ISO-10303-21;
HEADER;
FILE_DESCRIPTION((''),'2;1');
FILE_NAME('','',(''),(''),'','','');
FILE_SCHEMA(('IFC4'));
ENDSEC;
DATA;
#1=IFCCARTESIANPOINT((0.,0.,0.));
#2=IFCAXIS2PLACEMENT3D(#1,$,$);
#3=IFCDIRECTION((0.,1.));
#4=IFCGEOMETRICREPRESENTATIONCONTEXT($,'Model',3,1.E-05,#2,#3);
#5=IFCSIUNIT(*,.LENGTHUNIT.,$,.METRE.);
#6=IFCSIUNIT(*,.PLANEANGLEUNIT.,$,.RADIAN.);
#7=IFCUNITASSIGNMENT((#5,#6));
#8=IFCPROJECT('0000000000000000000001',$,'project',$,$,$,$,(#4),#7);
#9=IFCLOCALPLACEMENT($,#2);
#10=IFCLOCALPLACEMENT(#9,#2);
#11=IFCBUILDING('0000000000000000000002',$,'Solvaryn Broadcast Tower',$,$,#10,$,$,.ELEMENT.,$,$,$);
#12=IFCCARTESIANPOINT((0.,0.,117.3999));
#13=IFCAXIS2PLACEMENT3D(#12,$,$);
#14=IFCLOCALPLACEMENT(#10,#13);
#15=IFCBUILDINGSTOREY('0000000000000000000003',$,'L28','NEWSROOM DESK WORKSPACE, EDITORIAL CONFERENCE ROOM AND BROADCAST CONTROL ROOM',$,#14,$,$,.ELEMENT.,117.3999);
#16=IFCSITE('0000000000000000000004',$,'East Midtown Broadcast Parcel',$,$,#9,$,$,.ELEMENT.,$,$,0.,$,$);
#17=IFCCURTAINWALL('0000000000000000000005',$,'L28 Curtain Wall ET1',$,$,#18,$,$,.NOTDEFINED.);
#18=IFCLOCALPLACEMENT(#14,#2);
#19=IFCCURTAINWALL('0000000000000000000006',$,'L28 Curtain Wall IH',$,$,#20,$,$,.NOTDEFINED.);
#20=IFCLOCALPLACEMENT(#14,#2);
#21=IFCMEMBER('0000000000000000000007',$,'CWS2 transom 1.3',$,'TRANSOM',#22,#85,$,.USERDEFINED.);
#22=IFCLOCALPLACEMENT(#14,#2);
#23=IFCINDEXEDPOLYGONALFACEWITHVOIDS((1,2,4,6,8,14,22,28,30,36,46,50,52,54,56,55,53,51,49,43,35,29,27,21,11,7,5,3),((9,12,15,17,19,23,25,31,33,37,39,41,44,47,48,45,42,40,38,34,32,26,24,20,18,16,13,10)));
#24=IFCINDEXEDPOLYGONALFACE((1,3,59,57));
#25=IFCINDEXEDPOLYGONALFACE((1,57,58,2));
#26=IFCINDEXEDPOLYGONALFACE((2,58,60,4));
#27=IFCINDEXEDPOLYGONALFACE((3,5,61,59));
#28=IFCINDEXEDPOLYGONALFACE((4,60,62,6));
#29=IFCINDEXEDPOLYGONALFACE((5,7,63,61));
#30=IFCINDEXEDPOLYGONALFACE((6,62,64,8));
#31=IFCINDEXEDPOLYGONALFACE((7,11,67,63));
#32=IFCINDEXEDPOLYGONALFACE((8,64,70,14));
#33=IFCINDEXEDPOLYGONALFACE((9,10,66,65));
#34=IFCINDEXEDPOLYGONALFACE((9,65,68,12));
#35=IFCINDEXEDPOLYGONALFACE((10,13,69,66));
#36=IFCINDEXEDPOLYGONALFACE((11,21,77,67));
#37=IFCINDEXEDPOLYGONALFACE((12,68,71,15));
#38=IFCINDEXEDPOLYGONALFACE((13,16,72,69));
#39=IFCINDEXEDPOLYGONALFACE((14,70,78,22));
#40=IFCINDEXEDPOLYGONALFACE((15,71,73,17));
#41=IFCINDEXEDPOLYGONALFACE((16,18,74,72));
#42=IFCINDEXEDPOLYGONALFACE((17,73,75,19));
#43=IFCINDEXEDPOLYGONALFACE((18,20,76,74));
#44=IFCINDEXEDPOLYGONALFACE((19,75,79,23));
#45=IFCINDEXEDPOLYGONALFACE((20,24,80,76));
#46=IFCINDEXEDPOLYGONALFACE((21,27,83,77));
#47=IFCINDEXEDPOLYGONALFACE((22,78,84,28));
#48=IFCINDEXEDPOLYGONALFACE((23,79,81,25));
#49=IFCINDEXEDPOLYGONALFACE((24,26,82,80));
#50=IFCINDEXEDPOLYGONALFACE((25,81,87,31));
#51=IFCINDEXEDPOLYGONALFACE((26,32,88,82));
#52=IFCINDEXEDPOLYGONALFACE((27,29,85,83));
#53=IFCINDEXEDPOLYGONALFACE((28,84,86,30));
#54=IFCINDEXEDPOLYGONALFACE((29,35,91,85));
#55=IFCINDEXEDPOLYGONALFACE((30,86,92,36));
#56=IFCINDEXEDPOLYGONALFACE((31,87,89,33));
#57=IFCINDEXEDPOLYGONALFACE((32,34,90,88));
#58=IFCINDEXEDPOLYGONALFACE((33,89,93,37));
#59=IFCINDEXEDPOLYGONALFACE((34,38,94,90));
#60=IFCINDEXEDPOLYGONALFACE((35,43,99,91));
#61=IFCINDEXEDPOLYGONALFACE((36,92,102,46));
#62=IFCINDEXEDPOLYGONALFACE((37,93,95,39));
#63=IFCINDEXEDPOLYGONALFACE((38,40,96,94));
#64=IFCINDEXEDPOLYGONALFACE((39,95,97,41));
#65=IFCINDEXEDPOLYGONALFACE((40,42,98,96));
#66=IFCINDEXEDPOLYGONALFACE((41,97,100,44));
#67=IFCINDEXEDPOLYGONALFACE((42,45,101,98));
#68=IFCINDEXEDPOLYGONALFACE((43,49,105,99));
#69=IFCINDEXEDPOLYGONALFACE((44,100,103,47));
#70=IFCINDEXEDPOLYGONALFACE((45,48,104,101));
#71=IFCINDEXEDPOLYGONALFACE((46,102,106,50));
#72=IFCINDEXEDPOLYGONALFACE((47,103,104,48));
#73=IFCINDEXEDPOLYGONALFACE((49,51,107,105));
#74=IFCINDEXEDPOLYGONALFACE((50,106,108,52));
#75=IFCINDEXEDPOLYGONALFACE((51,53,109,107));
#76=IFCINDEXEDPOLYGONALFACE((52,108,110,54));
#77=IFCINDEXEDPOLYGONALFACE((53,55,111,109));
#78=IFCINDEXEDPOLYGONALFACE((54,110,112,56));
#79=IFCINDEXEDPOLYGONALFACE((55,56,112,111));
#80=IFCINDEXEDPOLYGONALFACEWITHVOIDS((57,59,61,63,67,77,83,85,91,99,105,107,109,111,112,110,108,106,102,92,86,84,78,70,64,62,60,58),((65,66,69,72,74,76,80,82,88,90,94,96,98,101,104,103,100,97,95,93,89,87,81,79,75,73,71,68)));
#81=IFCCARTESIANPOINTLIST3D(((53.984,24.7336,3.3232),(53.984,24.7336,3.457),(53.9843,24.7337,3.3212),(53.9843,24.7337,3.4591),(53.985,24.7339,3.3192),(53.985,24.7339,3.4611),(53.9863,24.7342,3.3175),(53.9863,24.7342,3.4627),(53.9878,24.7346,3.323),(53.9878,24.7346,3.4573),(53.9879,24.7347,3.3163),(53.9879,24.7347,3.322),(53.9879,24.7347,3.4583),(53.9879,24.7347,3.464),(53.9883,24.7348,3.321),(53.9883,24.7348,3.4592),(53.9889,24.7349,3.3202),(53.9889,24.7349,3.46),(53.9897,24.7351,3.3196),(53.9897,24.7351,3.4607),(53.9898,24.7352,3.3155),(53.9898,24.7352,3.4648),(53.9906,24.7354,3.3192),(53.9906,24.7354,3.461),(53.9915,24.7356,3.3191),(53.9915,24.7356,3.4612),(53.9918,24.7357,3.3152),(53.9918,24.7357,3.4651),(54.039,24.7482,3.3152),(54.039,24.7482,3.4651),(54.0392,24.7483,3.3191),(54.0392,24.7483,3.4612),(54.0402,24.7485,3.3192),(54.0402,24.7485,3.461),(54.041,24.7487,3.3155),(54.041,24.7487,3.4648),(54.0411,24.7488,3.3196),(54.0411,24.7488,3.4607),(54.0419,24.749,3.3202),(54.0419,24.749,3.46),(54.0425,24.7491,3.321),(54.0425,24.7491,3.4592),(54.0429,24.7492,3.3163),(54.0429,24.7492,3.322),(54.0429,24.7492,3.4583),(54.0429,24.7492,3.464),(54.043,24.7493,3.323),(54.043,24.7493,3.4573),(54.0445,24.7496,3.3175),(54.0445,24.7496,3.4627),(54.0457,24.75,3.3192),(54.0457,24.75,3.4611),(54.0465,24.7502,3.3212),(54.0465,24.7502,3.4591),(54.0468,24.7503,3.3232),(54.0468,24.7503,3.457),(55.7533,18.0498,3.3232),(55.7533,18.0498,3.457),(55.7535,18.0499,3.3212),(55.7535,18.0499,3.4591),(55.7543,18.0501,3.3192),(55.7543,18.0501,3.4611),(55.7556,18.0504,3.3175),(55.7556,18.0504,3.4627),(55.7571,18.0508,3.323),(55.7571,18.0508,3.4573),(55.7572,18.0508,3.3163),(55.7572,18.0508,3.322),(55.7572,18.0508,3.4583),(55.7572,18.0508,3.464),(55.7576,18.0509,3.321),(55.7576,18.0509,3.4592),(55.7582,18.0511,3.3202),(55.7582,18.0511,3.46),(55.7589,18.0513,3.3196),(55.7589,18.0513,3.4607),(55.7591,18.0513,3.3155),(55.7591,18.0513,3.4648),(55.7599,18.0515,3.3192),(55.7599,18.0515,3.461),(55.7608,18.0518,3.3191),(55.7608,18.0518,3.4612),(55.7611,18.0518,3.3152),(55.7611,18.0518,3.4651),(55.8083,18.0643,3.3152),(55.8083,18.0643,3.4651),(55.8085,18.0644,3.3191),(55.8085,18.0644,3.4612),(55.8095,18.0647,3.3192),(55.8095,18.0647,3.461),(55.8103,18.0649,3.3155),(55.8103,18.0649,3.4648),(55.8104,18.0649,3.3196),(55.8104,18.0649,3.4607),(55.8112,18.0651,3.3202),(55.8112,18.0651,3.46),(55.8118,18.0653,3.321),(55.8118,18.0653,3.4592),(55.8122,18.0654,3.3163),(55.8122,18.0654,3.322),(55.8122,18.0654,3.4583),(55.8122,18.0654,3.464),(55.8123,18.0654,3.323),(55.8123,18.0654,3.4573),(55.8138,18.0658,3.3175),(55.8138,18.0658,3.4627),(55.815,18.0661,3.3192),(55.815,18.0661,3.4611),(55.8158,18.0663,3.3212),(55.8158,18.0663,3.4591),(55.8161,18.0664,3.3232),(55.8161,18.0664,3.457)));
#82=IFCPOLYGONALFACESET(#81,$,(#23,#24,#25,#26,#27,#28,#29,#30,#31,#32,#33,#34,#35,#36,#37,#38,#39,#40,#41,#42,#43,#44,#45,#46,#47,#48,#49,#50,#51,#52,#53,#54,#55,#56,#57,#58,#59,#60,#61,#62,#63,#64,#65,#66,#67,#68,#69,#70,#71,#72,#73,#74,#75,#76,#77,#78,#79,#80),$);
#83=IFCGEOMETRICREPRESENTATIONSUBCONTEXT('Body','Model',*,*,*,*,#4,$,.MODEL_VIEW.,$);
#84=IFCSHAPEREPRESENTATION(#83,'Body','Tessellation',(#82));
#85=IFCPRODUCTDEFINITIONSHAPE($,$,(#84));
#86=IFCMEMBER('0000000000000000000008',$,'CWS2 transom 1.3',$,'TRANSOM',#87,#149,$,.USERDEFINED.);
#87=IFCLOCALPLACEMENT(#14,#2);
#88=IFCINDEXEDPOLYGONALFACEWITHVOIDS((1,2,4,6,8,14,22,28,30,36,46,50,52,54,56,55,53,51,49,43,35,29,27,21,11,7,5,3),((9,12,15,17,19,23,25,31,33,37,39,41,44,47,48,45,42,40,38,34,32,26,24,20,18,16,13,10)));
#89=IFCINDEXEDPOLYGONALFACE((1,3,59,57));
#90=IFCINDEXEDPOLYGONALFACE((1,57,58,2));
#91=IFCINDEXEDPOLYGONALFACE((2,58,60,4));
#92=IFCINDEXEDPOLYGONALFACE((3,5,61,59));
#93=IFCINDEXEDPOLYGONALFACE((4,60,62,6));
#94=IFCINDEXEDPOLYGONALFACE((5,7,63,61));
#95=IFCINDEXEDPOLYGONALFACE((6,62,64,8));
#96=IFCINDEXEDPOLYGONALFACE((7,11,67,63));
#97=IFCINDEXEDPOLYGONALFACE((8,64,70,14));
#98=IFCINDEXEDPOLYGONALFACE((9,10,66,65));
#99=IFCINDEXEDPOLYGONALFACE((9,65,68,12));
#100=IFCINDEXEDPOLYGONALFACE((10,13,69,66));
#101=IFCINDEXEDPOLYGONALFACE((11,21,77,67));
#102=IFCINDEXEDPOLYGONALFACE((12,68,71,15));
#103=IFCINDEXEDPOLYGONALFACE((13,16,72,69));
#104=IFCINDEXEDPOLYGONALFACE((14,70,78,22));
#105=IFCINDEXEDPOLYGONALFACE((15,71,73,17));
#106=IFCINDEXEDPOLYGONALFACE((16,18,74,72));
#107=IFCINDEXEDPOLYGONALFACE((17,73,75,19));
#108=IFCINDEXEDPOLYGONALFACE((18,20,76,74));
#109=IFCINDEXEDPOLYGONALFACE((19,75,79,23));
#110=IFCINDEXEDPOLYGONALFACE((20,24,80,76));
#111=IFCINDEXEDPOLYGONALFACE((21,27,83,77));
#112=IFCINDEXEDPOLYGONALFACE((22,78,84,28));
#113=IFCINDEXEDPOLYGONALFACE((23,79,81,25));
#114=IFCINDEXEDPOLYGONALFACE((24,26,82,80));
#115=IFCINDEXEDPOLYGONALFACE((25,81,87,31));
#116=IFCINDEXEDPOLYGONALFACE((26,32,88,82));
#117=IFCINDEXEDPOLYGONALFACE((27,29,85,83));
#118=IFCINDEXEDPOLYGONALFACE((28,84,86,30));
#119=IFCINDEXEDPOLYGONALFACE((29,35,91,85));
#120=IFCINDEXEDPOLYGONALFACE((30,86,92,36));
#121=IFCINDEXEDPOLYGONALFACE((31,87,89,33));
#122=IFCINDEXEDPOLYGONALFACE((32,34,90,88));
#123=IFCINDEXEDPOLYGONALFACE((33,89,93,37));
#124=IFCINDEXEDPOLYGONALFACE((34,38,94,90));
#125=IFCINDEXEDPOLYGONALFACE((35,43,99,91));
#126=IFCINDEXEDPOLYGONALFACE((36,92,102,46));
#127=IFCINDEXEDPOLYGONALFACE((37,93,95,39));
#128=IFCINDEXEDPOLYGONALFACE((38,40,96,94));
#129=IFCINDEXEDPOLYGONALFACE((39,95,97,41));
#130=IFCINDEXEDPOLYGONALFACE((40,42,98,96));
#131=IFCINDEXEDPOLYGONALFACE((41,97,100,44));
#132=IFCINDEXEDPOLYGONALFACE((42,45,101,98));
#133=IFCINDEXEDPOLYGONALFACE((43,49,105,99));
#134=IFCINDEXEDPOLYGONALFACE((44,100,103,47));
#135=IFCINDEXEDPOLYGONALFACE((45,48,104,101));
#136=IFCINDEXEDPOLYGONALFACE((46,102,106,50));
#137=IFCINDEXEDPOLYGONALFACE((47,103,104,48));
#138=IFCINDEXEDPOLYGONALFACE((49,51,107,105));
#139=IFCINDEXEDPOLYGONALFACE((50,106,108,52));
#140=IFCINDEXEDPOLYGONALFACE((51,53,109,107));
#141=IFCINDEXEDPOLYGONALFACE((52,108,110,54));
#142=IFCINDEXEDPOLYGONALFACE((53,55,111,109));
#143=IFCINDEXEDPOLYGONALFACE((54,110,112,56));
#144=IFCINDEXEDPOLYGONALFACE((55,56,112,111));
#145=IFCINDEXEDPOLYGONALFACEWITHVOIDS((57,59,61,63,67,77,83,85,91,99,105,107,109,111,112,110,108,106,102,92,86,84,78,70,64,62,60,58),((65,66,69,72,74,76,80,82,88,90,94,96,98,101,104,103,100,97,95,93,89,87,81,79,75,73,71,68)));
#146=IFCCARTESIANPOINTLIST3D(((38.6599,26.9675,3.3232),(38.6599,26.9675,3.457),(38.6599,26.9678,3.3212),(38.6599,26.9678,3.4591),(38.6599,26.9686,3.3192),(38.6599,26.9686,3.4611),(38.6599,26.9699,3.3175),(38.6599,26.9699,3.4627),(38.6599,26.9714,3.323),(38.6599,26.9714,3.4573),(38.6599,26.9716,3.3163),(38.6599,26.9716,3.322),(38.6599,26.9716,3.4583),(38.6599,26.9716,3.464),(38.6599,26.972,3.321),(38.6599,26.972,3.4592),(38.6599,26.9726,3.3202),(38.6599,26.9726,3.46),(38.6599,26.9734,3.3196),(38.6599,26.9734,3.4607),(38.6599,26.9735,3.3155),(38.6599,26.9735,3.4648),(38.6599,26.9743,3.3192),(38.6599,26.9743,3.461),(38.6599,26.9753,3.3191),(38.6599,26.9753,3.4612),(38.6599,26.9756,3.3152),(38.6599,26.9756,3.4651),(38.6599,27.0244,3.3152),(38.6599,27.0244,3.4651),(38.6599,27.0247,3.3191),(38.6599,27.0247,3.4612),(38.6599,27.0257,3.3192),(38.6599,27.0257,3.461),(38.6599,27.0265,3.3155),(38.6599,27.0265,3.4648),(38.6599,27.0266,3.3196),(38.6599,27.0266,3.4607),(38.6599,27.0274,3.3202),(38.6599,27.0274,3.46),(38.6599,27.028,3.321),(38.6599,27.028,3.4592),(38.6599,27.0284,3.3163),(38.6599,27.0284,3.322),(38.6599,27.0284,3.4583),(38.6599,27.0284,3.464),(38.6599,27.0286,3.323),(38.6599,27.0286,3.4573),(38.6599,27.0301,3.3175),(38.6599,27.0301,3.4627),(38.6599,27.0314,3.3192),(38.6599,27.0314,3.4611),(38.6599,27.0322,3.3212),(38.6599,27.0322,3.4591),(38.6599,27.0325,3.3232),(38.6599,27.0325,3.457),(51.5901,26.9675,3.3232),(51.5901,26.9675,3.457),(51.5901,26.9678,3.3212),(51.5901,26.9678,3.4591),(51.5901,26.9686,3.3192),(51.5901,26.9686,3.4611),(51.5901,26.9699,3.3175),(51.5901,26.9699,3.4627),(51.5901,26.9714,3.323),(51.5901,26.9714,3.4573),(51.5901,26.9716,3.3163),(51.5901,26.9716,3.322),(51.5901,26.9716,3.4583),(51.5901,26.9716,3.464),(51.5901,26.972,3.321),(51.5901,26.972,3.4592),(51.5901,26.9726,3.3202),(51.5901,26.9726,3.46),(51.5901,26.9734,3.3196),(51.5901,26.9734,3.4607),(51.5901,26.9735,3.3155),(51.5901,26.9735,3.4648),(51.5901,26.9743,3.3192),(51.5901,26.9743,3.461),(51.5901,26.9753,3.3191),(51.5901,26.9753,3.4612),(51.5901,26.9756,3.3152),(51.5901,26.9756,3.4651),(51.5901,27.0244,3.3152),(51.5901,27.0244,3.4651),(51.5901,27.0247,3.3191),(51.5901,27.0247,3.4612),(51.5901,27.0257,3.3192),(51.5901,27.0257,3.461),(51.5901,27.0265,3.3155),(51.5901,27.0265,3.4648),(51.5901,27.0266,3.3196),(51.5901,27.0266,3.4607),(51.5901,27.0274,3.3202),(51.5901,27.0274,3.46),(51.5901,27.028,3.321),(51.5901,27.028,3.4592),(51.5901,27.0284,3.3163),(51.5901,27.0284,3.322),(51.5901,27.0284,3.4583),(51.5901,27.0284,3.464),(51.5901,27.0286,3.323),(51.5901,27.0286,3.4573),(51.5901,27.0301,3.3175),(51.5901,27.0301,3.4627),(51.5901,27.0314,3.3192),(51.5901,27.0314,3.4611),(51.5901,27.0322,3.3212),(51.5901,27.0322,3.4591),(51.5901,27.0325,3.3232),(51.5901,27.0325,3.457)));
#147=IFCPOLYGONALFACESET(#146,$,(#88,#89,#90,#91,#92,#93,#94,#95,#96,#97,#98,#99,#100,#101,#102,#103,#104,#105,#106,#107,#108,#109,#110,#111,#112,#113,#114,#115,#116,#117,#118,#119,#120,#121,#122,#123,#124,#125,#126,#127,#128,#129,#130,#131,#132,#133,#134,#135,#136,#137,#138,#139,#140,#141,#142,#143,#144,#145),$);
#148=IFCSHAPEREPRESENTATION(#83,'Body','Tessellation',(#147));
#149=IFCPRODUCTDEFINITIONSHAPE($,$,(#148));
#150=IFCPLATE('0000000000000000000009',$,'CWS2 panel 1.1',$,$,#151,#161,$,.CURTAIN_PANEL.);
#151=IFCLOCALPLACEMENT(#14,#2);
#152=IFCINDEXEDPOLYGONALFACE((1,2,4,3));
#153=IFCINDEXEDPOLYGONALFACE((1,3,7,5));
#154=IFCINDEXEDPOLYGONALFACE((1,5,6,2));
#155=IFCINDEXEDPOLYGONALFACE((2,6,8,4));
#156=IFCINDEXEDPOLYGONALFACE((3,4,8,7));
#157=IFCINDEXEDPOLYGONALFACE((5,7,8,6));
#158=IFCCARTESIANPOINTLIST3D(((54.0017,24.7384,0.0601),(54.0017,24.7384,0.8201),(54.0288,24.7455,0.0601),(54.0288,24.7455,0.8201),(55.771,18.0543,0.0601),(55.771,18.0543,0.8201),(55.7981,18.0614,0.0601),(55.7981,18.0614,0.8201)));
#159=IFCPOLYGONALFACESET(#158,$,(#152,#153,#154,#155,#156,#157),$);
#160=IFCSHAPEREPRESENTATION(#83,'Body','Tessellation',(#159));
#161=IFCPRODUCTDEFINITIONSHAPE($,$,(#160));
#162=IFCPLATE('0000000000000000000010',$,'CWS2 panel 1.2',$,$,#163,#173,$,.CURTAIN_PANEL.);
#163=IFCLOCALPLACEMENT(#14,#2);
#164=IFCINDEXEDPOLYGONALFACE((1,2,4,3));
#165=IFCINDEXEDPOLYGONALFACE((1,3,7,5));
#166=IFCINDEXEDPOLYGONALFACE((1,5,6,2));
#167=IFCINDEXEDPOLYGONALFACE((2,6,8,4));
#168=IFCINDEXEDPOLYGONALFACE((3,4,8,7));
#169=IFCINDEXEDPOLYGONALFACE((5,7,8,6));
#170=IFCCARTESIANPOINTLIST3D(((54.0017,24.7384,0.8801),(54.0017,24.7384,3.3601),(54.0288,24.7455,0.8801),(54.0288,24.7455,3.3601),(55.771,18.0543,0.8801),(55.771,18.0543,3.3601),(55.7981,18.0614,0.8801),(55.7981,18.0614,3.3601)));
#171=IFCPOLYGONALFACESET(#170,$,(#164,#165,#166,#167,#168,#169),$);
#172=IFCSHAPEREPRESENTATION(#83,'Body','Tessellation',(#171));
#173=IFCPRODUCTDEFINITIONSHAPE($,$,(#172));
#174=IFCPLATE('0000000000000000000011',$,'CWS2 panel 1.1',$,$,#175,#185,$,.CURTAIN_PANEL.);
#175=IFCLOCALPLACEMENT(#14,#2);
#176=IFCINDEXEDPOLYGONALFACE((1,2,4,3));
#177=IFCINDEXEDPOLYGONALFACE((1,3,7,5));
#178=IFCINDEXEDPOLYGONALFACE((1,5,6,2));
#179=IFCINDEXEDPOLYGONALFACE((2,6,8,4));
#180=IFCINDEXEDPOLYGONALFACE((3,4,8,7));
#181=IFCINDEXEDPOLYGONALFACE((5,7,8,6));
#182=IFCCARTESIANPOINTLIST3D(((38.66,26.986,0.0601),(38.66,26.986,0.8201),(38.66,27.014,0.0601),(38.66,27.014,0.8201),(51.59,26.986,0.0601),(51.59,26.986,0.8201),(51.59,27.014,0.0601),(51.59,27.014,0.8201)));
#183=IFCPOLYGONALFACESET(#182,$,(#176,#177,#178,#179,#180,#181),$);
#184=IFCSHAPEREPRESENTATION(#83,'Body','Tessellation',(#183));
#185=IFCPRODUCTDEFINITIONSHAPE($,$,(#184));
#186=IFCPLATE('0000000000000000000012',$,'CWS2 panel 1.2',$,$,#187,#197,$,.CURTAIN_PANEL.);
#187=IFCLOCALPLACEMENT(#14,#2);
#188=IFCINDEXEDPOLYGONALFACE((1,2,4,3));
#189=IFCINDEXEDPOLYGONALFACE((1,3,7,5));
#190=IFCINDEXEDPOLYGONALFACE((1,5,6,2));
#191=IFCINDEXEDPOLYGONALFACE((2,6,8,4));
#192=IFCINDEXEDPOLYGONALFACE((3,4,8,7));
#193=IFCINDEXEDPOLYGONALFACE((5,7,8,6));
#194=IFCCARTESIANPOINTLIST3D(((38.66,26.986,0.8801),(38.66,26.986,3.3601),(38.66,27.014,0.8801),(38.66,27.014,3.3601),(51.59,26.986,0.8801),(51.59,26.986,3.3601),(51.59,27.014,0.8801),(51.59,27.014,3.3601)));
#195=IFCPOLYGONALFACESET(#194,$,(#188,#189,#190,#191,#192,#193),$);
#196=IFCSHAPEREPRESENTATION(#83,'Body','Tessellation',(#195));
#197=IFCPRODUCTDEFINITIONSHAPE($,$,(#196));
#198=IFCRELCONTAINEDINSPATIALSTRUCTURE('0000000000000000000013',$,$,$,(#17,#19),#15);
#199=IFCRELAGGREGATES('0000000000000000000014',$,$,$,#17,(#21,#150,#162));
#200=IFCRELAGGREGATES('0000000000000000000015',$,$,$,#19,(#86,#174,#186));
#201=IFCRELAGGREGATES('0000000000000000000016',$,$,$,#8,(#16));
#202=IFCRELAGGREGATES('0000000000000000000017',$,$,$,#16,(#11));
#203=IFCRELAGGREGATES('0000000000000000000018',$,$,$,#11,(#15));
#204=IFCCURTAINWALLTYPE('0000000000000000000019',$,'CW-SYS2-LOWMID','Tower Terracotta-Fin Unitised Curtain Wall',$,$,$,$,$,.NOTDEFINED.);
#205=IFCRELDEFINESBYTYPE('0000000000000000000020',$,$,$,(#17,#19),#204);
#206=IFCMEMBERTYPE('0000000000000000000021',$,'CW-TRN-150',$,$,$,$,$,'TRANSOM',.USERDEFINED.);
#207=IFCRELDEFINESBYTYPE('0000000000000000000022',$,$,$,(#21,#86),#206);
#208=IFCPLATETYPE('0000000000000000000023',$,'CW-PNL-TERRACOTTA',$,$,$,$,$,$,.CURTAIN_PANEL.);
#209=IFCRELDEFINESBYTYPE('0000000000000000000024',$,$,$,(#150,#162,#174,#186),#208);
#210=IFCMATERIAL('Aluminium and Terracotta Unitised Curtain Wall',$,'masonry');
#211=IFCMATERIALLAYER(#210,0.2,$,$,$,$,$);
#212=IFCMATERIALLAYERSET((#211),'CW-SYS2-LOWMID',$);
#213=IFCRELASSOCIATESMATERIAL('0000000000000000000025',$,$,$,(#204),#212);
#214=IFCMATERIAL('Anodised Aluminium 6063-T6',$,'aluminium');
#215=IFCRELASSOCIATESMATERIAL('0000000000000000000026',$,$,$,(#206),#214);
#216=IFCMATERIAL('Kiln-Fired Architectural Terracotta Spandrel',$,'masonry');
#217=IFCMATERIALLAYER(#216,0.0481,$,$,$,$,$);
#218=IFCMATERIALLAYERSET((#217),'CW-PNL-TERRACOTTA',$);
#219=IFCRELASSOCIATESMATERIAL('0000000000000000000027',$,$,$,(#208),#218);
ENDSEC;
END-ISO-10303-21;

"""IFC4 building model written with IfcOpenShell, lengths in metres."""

from ifc_helpers import new_model, si_unit, direction, frame, origin, origin_2d, place, context, subcontext, project, spatial, rectangle, hollow_rectangle, extrude, material, layer, layer_set, material_profile, profile_set, type_object, element, aggregate, save


model = new_model("IFC4")

# Units and contexts
model_context = context("Model", 3, precision=1e-05, world=origin(), true_north=direction((0.0, 1.0)))
body_context = subcontext(model_context, "Body", "Model", "MODEL_VIEW")
ifc_project = project(units=[si_unit("LENGTHUNIT", "METRE"), si_unit("PLANEANGLEUNIT", "RADIAN")], contexts=[model_context])

# Site, building, storey
site_placement = place(None, origin())
site = spatial("IfcSite", under=ifc_project, at=site_placement, Name="East Midtown Broadcast Parcel", CompositionType="ELEMENT", RefElevation=0.0)
building_placement = place(site_placement, origin())
building = spatial("IfcBuilding", under=site, at=building_placement, Name="Solvaryn Broadcast Tower", CompositionType="ELEMENT")
storey_placement = place(building_placement, frame((0.0, 0.0, 117.3999)))
storey = spatial("IfcBuildingStorey", under=building, at=storey_placement, Name="L28", Description="NEWSROOM DESK WORKSPACE, EDITORIAL CONFERENCE ROOM AND BROADCAST CONTROL ROOM", CompositionType="ELEMENT", Elevation=117.3999)

# Curtain walls
ifc_material_1 = material(Name="Aluminium and Terracotta Unitised Curtain Wall", Category="masonry")
ifc_layer_1 = layer(ifc_material_1, 0.2)
ifc_layer_set_1 = layer_set([ifc_layer_1], Name="CW-SYS2-LOWMID")
curtain_wall_type = type_object("IfcCurtainWallType", Name="CW-SYS2-LOWMID", Description="Tower Terracotta-Fin Unitised Curtain Wall", PredefinedType="NOTDEFINED", material=ifc_layer_set_1)
curtain_wall_1_placement = place(storey_placement, origin())
curtain_wall_1 = element("IfcCurtainWall", 1, at=curtain_wall_1_placement, inside=storey, type_object=curtain_wall_type, Name="L28 Curtain Wall ET1", PredefinedType="NOTDEFINED")
curtain_wall_2_placement = place(storey_placement, origin())
curtain_wall_2 = element("IfcCurtainWall", 2, at=curtain_wall_2_placement, inside=storey, type_object=curtain_wall_type, Name="L28 Curtain Wall IH", PredefinedType="NOTDEFINED")

# Members
ifc_material_2 = material(Name="Anodised Aluminium 6063-T6", Category="aluminium")
ifc_material_profile_1 = material_profile(ifc_material_2, hollow_rectangle(XDim=0.0649, YDim=0.1499, WallThickness=0.0039, InnerFilletRadius=0.0039, OuterFilletRadius=0.0081, at=origin_2d()))
ifc_profile_set_1 = profile_set([ifc_material_profile_1], Name="Anodised Aluminium 6063-T6")
member_type_1 = type_object("IfcMemberType", Name="CW-TRN-150", ElementType="TRANSOM", PredefinedType="USERDEFINED", material=ifc_profile_set_1)
member_1_placement = place(storey_placement, frame((54.0154, 24.7419, 3.3901), z_axis=(0.255897, -0.966704, 0.0), x_axis=(0.966704, 0.255897, 0.0)))
member_1 = element("IfcMember", 3, at=member_1_placement, type_object=member_type_1, Name="CWS2 transom 1.3", ObjectType="TRANSOM", PredefinedType="USERDEFINED", context=body_context, shape_type="SweptSolid", body=[
    extrude(hollow_rectangle(XDim=0.0649, YDim=0.1499, WallThickness=0.0039, InnerFilletRadius=0.0039, OuterFilletRadius=0.0081, at=origin_2d()), origin(), (0.0, 0.0, 1.0), 6.9141),
])
member_2_placement = place(storey_placement, frame((38.6599, 27.0, 3.3901), z_axis=(1.0, 0.0, 0.0), x_axis=(0.0, 1.0, 0.0)))
member_2 = element("IfcMember", 4, at=member_2_placement, type_object=member_type_1, Name="CWS2 transom 1.3", ObjectType="TRANSOM", PredefinedType="USERDEFINED", context=body_context, shape_type="SweptSolid", body=[
    extrude(hollow_rectangle(XDim=0.0649, YDim=0.1499, WallThickness=0.0039, InnerFilletRadius=0.0039, OuterFilletRadius=0.0081, at=origin_2d()), origin(), (0.0, 0.0, 1.0), 12.9302),
])

# Plates
ifc_material_3 = material(Name="Kiln-Fired Architectural Terracotta Spandrel", Category="masonry")
ifc_layer_2 = layer(ifc_material_3, 0.0481)
ifc_layer_set_2 = layer_set([ifc_layer_2], Name="CW-PNL-TERRACOTTA")
plate_type = type_object("IfcPlateType", Name="CW-PNL-TERRACOTTA", PredefinedType="CURTAIN_PANEL", material=ifc_layer_set_2)
plate_1_placement = place(storey_placement, frame((54.8999, 21.3999, 0.0601), z_axis=(0.0, 0.0, 1.0), x_axis=(0.255893, -0.966705, 0.0)))
plate_1 = element("IfcPlate", 5, at=plate_1_placement, type_object=plate_type, Name="CWS2 panel 1.1", PredefinedType="CURTAIN_PANEL", context=body_context, shape_type="SweptSolid", body=[
    extrude(rectangle(XDim=6.9143, YDim=0.0281, at=origin_2d()), origin(), (0.0, 0.0, 1.0), 0.76),
])
plate_2_placement = place(storey_placement, frame((54.8999, 21.3999, 0.8801), z_axis=(0.0, 0.0, 1.0), x_axis=(0.255893, -0.966705, 0.0)))
plate_2 = element("IfcPlate", 6, at=plate_2_placement, type_object=plate_type, Name="CWS2 panel 1.2", PredefinedType="CURTAIN_PANEL", context=body_context, shape_type="SweptSolid", body=[
    extrude(rectangle(XDim=6.9143, YDim=0.0281, at=origin_2d()), origin(), (0.0, 0.0, 1.0), 2.48),
])
aggregate(curtain_wall_1, [member_1, plate_1, plate_2])
plate_3_placement = place(storey_placement, frame((45.125, 27.0, 0.0601), z_axis=(0.0, 0.0, 1.0), x_axis=(1.0, 0.0, 0.0)))
plate_3 = element("IfcPlate", 7, at=plate_3_placement, type_object=plate_type, Name="CWS2 panel 1.1", PredefinedType="CURTAIN_PANEL", context=body_context, shape_type="SweptSolid", body=[
    extrude(rectangle(XDim=12.9299, YDim=0.0281, at=origin_2d()), origin(), (0.0, 0.0, 1.0), 0.76),
])
plate_4_placement = place(storey_placement, frame((45.125, 27.0, 0.8801), z_axis=(0.0, 0.0, 1.0), x_axis=(1.0, 0.0, 0.0)))
plate_4 = element("IfcPlate", 8, at=plate_4_placement, type_object=plate_type, Name="CWS2 panel 1.2", PredefinedType="CURTAIN_PANEL", context=body_context, shape_type="SweptSolid", body=[
    extrude(rectangle(XDim=12.9299, YDim=0.0281, at=origin_2d()), origin(), (0.0, 0.0, 1.0), 2.48),
])
aggregate(curtain_wall_2, [member_2, plate_3, plate_4])

save(model, "model.ifc")
